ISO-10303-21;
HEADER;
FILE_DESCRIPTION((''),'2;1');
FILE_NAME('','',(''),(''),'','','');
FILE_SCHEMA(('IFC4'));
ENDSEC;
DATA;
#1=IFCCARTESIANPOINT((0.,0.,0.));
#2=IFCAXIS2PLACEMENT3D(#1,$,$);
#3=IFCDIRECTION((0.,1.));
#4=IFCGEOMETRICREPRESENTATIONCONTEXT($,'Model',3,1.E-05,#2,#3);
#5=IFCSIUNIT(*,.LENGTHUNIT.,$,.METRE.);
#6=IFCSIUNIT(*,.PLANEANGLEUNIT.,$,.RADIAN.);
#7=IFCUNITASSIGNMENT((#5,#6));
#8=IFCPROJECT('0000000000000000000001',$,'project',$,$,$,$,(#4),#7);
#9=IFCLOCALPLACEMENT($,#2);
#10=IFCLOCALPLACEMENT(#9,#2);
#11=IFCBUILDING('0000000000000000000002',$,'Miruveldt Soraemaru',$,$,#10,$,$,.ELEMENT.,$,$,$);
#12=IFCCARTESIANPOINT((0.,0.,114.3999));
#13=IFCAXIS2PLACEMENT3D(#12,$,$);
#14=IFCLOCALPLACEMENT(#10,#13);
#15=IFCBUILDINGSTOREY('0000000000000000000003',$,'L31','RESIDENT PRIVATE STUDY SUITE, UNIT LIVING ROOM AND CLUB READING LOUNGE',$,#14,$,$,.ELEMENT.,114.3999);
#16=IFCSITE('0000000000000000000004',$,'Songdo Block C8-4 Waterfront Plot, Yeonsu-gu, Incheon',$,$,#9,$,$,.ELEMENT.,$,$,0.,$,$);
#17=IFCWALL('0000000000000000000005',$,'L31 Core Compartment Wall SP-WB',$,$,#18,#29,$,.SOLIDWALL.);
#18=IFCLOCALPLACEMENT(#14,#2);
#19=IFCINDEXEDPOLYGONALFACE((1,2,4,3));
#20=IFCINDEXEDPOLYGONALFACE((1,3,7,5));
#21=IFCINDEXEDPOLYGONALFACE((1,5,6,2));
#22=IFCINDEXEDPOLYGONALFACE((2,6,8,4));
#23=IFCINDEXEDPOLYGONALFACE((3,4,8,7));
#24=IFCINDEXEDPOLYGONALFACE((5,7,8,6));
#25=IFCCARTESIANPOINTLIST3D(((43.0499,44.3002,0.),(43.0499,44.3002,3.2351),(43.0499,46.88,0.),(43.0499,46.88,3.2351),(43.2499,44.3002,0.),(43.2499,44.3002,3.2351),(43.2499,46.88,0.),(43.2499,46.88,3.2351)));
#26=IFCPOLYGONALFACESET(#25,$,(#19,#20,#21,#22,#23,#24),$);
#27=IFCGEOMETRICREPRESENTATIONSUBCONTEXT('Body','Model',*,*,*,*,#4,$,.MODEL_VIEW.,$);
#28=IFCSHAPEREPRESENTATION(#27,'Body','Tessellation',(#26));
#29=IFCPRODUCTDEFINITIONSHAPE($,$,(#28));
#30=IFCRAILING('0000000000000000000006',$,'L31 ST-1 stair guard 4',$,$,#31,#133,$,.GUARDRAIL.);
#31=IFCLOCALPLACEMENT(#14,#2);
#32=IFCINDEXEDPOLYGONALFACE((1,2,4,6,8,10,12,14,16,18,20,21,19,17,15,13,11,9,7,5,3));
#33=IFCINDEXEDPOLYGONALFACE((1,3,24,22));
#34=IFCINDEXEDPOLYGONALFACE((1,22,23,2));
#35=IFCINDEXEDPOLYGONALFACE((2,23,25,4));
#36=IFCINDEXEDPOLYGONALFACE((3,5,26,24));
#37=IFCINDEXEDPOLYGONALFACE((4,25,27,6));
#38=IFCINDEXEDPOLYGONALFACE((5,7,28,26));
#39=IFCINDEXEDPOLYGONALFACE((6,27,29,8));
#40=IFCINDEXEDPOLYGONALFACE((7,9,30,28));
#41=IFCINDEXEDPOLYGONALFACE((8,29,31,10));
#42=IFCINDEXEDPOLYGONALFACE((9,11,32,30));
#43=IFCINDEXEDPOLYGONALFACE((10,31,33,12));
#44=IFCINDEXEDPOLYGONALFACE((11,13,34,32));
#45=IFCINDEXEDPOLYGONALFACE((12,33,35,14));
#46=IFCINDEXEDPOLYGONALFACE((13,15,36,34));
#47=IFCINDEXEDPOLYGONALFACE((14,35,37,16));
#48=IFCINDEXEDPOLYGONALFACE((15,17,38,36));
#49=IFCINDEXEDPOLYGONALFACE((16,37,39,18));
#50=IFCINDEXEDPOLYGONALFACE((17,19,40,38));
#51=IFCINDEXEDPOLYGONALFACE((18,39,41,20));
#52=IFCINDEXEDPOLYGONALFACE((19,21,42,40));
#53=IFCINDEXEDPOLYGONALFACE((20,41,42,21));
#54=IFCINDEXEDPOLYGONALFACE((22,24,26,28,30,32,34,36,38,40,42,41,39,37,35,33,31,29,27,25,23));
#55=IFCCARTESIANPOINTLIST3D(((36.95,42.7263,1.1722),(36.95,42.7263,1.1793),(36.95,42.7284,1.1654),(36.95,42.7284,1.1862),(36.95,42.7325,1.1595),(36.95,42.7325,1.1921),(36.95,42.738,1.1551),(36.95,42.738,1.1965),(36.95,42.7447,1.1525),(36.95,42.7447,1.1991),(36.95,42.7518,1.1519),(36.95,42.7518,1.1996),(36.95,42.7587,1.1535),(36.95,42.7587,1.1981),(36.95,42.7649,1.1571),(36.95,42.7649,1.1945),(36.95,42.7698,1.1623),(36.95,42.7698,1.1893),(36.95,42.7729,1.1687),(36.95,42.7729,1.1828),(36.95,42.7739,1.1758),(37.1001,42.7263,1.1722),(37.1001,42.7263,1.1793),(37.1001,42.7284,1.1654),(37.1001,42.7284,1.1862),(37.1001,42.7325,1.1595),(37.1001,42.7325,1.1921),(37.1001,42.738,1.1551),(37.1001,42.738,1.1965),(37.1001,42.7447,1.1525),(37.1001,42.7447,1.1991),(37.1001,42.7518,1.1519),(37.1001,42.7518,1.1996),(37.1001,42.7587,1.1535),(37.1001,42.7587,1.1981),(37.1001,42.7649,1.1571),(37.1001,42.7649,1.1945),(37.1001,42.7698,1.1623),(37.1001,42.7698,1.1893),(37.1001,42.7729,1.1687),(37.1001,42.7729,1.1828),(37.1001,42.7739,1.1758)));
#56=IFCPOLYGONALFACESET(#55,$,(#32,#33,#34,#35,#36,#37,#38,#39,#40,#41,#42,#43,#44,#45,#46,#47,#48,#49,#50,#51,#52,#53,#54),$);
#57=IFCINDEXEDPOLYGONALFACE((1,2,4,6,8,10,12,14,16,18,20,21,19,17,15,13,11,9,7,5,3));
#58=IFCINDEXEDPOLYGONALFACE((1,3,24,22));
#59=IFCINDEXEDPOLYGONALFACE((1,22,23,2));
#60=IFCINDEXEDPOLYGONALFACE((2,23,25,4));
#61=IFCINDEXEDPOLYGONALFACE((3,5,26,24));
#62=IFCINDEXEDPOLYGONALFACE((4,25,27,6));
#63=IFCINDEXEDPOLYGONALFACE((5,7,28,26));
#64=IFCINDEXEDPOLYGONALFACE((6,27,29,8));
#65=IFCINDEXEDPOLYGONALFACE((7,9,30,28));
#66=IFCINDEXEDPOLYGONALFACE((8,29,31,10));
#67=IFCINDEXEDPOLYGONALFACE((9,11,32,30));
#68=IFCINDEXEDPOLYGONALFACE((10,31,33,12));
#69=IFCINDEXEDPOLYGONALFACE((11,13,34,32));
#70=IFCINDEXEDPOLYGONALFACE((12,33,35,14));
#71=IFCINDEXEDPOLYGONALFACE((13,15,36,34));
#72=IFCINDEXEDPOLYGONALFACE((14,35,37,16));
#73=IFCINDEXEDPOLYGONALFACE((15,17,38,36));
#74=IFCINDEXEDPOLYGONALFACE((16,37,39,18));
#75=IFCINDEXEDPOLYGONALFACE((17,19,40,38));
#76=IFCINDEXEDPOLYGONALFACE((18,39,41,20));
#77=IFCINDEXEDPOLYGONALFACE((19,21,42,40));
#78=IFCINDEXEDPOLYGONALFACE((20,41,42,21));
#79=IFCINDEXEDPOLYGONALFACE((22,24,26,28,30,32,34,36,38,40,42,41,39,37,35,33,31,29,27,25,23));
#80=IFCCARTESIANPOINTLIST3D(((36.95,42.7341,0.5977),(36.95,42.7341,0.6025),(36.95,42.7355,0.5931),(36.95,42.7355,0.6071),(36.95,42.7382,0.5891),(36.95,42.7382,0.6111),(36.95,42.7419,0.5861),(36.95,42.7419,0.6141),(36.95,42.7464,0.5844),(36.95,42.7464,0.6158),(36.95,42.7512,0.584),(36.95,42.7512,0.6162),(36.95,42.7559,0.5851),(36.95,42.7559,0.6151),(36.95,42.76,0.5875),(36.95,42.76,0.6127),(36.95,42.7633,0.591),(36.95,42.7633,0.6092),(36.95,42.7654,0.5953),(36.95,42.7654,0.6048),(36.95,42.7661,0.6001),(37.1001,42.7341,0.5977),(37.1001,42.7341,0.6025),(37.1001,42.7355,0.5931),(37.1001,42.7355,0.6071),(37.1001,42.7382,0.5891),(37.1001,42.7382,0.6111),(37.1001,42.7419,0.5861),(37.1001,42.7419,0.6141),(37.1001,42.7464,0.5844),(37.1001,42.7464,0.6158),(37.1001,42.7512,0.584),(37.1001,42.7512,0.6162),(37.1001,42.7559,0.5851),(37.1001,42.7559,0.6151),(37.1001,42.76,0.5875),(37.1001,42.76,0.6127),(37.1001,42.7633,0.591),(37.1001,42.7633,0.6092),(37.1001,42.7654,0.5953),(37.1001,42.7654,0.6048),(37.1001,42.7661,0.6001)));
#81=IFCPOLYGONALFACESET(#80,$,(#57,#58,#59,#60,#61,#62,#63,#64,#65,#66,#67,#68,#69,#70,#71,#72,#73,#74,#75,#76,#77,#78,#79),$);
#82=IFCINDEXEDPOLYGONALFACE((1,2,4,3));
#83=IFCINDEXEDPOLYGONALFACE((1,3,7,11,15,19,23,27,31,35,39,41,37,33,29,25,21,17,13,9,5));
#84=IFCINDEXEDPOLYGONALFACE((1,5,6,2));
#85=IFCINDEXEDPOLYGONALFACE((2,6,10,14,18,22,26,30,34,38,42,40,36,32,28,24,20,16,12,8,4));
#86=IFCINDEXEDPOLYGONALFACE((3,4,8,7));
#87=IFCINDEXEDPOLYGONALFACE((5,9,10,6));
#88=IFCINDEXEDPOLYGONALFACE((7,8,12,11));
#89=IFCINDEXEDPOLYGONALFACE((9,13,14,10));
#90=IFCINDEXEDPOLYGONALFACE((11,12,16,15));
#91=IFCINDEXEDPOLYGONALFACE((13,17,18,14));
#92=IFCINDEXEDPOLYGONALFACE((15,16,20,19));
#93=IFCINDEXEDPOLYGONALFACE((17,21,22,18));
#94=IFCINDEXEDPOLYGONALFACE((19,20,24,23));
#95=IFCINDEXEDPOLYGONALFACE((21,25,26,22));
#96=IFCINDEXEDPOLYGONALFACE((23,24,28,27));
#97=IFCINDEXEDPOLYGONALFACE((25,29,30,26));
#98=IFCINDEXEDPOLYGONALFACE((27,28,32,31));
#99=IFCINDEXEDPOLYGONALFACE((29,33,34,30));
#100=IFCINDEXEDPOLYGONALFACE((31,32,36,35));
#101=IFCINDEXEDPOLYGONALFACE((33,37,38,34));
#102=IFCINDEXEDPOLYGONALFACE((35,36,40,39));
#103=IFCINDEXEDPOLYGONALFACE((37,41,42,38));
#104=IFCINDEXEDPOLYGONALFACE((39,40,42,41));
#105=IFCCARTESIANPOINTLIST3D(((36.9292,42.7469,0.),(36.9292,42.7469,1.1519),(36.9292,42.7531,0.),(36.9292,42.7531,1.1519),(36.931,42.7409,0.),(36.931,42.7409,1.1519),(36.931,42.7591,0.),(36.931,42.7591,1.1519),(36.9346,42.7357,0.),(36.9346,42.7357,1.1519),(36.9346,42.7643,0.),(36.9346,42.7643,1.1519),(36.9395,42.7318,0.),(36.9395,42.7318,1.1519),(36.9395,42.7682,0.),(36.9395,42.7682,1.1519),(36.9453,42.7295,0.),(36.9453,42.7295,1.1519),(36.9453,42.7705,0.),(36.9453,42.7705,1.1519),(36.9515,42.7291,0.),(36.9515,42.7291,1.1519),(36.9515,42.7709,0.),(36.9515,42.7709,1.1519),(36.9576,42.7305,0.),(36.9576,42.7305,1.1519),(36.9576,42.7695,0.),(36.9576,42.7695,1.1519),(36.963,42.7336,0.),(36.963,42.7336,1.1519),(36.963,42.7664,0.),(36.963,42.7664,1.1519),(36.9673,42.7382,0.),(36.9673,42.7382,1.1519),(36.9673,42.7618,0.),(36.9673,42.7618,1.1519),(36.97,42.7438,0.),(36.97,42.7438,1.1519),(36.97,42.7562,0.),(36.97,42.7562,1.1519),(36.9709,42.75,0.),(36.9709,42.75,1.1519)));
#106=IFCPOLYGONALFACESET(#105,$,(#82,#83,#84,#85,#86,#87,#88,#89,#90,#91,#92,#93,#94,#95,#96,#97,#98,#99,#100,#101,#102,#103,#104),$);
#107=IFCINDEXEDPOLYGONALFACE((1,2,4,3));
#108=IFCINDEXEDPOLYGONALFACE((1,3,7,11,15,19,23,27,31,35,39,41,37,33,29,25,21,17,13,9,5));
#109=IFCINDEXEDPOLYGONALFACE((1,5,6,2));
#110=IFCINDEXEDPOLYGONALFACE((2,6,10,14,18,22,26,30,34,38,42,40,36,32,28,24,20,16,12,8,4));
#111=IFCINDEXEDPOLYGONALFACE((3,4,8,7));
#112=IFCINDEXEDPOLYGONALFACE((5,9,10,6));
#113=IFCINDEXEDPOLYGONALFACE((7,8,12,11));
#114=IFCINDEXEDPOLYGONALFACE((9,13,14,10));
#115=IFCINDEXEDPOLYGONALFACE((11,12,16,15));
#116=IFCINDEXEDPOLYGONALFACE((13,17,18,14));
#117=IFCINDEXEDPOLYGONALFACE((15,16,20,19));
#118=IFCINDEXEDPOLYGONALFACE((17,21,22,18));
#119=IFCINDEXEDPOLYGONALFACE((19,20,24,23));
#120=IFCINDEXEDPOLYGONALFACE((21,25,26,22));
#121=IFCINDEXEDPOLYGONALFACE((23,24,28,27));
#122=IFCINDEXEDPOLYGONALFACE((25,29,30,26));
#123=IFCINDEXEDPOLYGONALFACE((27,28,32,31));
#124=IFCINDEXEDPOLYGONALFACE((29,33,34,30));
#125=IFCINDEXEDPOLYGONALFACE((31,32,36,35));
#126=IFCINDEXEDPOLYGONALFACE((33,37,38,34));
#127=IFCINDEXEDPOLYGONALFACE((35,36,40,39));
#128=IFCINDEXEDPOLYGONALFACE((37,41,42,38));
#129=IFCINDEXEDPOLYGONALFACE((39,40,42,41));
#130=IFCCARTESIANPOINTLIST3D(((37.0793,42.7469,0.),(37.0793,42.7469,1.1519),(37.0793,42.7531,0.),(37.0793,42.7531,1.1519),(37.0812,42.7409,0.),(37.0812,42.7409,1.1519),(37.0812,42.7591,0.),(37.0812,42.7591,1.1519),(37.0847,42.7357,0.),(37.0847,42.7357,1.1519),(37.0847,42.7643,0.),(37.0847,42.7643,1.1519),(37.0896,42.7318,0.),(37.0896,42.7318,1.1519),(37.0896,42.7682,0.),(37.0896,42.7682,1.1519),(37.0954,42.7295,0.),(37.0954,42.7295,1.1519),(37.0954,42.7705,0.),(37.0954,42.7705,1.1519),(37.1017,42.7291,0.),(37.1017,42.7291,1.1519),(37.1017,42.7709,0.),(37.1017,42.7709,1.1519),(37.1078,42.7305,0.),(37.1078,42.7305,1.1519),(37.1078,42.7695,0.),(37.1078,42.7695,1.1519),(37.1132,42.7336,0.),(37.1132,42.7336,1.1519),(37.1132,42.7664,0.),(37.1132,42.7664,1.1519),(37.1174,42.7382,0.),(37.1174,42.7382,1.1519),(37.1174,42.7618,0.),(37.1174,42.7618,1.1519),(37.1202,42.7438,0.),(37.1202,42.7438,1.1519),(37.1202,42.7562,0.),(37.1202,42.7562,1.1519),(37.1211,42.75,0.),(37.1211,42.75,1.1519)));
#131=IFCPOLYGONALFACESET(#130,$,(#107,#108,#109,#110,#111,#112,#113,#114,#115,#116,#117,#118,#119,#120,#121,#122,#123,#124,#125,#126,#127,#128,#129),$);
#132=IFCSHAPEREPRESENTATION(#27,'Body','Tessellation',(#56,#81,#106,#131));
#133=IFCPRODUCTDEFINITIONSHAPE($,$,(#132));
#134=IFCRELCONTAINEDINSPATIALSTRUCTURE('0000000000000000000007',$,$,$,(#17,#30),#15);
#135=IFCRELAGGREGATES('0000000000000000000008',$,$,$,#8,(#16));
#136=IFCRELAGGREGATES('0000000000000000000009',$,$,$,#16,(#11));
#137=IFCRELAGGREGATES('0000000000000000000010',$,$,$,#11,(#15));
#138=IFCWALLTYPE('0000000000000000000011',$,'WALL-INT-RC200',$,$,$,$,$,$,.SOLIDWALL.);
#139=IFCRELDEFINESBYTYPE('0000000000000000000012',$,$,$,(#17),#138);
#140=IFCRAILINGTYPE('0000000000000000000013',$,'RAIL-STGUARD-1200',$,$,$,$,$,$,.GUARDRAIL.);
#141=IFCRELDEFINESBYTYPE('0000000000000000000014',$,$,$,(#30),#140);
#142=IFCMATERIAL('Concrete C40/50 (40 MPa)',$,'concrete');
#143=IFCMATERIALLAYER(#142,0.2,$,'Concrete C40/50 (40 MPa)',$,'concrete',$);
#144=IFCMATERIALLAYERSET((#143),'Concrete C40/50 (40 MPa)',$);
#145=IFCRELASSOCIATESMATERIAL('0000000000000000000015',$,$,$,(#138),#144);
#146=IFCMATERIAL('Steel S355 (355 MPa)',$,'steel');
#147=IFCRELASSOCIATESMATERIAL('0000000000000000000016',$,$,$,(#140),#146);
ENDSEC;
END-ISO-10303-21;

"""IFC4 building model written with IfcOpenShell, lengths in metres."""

from ifc_helpers import new_model, si_unit, direction, frame, frame_2d, origin, origin_2d, place, context, subcontext, project, spatial, rectangle, circle, extrude, material, layer, layer_set, type_object, element, save


model = new_model("IFC4")

# Units and contexts
model_context = context("Model", 3, precision=1e-05, world=origin(), true_north=direction((0.0, 1.0)))
body_context = subcontext(model_context, "Body", "Model", "MODEL_VIEW")
ifc_project = project(units=[si_unit("LENGTHUNIT", "METRE"), si_unit("PLANEANGLEUNIT", "RADIAN")], contexts=[model_context])

# Site, building, storey
site_placement = place(None, origin())
site = spatial("IfcSite", under=ifc_project, at=site_placement, Name="Songdo Block C8-4 Waterfront Plot, Yeonsu-gu, Incheon", CompositionType="ELEMENT", RefElevation=0.0)
building_placement = place(site_placement, origin())
building = spatial("IfcBuilding", under=site, at=building_placement, Name="Miruveldt Soraemaru", CompositionType="ELEMENT")
storey_placement = place(building_placement, frame((0.0, 0.0, 114.3999)))
storey = spatial("IfcBuildingStorey", under=building, at=storey_placement, Name="L31", Description="RESIDENT PRIVATE STUDY SUITE, UNIT LIVING ROOM AND CLUB READING LOUNGE", CompositionType="ELEMENT", Elevation=114.3999)

# Shared definitions
ifc_material_1 = material(Name="Concrete C40/50 (40 MPa)", Category="concrete")

# Shared definitions
ifc_layer_1 = layer(ifc_material_1, 0.2, Name="Concrete C40/50 (40 MPa)", Category="concrete")
ifc_layer_set_1 = layer_set([ifc_layer_1], Name="Concrete C40/50 (40 MPa)")
wall_type_1 = type_object("IfcWallType", Name="WALL-INT-RC200", PredefinedType="SOLIDWALL", material=ifc_layer_set_1)

# Wall
wall_1_placement = place(storey_placement, frame((43.1499, 44.3, 0.0), z_axis=(0.0, 0.0, 1.0), x_axis=(0.0, 1.0, 0.0)))
element("IfcWall", 1, at=wall_1_placement, inside=storey, type_object=wall_type_1, Name="L31 Core Compartment Wall SP-WB", PredefinedType="SOLIDWALL", context=body_context, shape_type="SweptSolid", body=[
    extrude(rectangle(XDim=2.5798, YDim=0.2, at=frame_2d((1.29, 0.0))), origin(), (0.0, 0.0, 1.0), 3.2351),
])

# Railing
ifc_material_2 = material(Name="Steel S355 (355 MPa)", Category="steel")
railing_type = type_object("IfcRailingType", Name="RAIL-STGUARD-1200", PredefinedType="GUARDRAIL", material=ifc_material_2)
railing_placement = place(storey_placement, frame((36.95, 42.75, 0.0)))
element("IfcRailing", 2, at=railing_placement, inside=storey, type_object=railing_type, Name="L31 ST-1 stair guard 4", PredefinedType="GUARDRAIL", context=body_context, shape_type="SweptSolid", body=[
    extrude(circle(Radius=0.0239, at=origin_2d()), frame((0.0, 0.0, 1.1758), z_axis=(1.0, 0.0, 0.0), x_axis=(0.0, 1.0, 0.0)), (0.0, 0.0, 1.0), 0.1501),
    extrude(circle(Radius=0.0161, at=origin_2d()), frame((0.0, 0.0, 0.6001), z_axis=(1.0, 0.0, 0.0), x_axis=(0.0, 1.0, 0.0)), (0.0, 0.0, 1.0), 0.1501),
    extrude(circle(Radius=0.021, at=origin_2d()), origin(), (0.0, 0.0, 1.0), 1.1519),
    extrude(circle(Radius=0.021, at=origin_2d()), frame((0.1501, 0.0, 0.0)), (0.0, 0.0, 1.0), 1.1519),
])

save(model, "model.ifc")
